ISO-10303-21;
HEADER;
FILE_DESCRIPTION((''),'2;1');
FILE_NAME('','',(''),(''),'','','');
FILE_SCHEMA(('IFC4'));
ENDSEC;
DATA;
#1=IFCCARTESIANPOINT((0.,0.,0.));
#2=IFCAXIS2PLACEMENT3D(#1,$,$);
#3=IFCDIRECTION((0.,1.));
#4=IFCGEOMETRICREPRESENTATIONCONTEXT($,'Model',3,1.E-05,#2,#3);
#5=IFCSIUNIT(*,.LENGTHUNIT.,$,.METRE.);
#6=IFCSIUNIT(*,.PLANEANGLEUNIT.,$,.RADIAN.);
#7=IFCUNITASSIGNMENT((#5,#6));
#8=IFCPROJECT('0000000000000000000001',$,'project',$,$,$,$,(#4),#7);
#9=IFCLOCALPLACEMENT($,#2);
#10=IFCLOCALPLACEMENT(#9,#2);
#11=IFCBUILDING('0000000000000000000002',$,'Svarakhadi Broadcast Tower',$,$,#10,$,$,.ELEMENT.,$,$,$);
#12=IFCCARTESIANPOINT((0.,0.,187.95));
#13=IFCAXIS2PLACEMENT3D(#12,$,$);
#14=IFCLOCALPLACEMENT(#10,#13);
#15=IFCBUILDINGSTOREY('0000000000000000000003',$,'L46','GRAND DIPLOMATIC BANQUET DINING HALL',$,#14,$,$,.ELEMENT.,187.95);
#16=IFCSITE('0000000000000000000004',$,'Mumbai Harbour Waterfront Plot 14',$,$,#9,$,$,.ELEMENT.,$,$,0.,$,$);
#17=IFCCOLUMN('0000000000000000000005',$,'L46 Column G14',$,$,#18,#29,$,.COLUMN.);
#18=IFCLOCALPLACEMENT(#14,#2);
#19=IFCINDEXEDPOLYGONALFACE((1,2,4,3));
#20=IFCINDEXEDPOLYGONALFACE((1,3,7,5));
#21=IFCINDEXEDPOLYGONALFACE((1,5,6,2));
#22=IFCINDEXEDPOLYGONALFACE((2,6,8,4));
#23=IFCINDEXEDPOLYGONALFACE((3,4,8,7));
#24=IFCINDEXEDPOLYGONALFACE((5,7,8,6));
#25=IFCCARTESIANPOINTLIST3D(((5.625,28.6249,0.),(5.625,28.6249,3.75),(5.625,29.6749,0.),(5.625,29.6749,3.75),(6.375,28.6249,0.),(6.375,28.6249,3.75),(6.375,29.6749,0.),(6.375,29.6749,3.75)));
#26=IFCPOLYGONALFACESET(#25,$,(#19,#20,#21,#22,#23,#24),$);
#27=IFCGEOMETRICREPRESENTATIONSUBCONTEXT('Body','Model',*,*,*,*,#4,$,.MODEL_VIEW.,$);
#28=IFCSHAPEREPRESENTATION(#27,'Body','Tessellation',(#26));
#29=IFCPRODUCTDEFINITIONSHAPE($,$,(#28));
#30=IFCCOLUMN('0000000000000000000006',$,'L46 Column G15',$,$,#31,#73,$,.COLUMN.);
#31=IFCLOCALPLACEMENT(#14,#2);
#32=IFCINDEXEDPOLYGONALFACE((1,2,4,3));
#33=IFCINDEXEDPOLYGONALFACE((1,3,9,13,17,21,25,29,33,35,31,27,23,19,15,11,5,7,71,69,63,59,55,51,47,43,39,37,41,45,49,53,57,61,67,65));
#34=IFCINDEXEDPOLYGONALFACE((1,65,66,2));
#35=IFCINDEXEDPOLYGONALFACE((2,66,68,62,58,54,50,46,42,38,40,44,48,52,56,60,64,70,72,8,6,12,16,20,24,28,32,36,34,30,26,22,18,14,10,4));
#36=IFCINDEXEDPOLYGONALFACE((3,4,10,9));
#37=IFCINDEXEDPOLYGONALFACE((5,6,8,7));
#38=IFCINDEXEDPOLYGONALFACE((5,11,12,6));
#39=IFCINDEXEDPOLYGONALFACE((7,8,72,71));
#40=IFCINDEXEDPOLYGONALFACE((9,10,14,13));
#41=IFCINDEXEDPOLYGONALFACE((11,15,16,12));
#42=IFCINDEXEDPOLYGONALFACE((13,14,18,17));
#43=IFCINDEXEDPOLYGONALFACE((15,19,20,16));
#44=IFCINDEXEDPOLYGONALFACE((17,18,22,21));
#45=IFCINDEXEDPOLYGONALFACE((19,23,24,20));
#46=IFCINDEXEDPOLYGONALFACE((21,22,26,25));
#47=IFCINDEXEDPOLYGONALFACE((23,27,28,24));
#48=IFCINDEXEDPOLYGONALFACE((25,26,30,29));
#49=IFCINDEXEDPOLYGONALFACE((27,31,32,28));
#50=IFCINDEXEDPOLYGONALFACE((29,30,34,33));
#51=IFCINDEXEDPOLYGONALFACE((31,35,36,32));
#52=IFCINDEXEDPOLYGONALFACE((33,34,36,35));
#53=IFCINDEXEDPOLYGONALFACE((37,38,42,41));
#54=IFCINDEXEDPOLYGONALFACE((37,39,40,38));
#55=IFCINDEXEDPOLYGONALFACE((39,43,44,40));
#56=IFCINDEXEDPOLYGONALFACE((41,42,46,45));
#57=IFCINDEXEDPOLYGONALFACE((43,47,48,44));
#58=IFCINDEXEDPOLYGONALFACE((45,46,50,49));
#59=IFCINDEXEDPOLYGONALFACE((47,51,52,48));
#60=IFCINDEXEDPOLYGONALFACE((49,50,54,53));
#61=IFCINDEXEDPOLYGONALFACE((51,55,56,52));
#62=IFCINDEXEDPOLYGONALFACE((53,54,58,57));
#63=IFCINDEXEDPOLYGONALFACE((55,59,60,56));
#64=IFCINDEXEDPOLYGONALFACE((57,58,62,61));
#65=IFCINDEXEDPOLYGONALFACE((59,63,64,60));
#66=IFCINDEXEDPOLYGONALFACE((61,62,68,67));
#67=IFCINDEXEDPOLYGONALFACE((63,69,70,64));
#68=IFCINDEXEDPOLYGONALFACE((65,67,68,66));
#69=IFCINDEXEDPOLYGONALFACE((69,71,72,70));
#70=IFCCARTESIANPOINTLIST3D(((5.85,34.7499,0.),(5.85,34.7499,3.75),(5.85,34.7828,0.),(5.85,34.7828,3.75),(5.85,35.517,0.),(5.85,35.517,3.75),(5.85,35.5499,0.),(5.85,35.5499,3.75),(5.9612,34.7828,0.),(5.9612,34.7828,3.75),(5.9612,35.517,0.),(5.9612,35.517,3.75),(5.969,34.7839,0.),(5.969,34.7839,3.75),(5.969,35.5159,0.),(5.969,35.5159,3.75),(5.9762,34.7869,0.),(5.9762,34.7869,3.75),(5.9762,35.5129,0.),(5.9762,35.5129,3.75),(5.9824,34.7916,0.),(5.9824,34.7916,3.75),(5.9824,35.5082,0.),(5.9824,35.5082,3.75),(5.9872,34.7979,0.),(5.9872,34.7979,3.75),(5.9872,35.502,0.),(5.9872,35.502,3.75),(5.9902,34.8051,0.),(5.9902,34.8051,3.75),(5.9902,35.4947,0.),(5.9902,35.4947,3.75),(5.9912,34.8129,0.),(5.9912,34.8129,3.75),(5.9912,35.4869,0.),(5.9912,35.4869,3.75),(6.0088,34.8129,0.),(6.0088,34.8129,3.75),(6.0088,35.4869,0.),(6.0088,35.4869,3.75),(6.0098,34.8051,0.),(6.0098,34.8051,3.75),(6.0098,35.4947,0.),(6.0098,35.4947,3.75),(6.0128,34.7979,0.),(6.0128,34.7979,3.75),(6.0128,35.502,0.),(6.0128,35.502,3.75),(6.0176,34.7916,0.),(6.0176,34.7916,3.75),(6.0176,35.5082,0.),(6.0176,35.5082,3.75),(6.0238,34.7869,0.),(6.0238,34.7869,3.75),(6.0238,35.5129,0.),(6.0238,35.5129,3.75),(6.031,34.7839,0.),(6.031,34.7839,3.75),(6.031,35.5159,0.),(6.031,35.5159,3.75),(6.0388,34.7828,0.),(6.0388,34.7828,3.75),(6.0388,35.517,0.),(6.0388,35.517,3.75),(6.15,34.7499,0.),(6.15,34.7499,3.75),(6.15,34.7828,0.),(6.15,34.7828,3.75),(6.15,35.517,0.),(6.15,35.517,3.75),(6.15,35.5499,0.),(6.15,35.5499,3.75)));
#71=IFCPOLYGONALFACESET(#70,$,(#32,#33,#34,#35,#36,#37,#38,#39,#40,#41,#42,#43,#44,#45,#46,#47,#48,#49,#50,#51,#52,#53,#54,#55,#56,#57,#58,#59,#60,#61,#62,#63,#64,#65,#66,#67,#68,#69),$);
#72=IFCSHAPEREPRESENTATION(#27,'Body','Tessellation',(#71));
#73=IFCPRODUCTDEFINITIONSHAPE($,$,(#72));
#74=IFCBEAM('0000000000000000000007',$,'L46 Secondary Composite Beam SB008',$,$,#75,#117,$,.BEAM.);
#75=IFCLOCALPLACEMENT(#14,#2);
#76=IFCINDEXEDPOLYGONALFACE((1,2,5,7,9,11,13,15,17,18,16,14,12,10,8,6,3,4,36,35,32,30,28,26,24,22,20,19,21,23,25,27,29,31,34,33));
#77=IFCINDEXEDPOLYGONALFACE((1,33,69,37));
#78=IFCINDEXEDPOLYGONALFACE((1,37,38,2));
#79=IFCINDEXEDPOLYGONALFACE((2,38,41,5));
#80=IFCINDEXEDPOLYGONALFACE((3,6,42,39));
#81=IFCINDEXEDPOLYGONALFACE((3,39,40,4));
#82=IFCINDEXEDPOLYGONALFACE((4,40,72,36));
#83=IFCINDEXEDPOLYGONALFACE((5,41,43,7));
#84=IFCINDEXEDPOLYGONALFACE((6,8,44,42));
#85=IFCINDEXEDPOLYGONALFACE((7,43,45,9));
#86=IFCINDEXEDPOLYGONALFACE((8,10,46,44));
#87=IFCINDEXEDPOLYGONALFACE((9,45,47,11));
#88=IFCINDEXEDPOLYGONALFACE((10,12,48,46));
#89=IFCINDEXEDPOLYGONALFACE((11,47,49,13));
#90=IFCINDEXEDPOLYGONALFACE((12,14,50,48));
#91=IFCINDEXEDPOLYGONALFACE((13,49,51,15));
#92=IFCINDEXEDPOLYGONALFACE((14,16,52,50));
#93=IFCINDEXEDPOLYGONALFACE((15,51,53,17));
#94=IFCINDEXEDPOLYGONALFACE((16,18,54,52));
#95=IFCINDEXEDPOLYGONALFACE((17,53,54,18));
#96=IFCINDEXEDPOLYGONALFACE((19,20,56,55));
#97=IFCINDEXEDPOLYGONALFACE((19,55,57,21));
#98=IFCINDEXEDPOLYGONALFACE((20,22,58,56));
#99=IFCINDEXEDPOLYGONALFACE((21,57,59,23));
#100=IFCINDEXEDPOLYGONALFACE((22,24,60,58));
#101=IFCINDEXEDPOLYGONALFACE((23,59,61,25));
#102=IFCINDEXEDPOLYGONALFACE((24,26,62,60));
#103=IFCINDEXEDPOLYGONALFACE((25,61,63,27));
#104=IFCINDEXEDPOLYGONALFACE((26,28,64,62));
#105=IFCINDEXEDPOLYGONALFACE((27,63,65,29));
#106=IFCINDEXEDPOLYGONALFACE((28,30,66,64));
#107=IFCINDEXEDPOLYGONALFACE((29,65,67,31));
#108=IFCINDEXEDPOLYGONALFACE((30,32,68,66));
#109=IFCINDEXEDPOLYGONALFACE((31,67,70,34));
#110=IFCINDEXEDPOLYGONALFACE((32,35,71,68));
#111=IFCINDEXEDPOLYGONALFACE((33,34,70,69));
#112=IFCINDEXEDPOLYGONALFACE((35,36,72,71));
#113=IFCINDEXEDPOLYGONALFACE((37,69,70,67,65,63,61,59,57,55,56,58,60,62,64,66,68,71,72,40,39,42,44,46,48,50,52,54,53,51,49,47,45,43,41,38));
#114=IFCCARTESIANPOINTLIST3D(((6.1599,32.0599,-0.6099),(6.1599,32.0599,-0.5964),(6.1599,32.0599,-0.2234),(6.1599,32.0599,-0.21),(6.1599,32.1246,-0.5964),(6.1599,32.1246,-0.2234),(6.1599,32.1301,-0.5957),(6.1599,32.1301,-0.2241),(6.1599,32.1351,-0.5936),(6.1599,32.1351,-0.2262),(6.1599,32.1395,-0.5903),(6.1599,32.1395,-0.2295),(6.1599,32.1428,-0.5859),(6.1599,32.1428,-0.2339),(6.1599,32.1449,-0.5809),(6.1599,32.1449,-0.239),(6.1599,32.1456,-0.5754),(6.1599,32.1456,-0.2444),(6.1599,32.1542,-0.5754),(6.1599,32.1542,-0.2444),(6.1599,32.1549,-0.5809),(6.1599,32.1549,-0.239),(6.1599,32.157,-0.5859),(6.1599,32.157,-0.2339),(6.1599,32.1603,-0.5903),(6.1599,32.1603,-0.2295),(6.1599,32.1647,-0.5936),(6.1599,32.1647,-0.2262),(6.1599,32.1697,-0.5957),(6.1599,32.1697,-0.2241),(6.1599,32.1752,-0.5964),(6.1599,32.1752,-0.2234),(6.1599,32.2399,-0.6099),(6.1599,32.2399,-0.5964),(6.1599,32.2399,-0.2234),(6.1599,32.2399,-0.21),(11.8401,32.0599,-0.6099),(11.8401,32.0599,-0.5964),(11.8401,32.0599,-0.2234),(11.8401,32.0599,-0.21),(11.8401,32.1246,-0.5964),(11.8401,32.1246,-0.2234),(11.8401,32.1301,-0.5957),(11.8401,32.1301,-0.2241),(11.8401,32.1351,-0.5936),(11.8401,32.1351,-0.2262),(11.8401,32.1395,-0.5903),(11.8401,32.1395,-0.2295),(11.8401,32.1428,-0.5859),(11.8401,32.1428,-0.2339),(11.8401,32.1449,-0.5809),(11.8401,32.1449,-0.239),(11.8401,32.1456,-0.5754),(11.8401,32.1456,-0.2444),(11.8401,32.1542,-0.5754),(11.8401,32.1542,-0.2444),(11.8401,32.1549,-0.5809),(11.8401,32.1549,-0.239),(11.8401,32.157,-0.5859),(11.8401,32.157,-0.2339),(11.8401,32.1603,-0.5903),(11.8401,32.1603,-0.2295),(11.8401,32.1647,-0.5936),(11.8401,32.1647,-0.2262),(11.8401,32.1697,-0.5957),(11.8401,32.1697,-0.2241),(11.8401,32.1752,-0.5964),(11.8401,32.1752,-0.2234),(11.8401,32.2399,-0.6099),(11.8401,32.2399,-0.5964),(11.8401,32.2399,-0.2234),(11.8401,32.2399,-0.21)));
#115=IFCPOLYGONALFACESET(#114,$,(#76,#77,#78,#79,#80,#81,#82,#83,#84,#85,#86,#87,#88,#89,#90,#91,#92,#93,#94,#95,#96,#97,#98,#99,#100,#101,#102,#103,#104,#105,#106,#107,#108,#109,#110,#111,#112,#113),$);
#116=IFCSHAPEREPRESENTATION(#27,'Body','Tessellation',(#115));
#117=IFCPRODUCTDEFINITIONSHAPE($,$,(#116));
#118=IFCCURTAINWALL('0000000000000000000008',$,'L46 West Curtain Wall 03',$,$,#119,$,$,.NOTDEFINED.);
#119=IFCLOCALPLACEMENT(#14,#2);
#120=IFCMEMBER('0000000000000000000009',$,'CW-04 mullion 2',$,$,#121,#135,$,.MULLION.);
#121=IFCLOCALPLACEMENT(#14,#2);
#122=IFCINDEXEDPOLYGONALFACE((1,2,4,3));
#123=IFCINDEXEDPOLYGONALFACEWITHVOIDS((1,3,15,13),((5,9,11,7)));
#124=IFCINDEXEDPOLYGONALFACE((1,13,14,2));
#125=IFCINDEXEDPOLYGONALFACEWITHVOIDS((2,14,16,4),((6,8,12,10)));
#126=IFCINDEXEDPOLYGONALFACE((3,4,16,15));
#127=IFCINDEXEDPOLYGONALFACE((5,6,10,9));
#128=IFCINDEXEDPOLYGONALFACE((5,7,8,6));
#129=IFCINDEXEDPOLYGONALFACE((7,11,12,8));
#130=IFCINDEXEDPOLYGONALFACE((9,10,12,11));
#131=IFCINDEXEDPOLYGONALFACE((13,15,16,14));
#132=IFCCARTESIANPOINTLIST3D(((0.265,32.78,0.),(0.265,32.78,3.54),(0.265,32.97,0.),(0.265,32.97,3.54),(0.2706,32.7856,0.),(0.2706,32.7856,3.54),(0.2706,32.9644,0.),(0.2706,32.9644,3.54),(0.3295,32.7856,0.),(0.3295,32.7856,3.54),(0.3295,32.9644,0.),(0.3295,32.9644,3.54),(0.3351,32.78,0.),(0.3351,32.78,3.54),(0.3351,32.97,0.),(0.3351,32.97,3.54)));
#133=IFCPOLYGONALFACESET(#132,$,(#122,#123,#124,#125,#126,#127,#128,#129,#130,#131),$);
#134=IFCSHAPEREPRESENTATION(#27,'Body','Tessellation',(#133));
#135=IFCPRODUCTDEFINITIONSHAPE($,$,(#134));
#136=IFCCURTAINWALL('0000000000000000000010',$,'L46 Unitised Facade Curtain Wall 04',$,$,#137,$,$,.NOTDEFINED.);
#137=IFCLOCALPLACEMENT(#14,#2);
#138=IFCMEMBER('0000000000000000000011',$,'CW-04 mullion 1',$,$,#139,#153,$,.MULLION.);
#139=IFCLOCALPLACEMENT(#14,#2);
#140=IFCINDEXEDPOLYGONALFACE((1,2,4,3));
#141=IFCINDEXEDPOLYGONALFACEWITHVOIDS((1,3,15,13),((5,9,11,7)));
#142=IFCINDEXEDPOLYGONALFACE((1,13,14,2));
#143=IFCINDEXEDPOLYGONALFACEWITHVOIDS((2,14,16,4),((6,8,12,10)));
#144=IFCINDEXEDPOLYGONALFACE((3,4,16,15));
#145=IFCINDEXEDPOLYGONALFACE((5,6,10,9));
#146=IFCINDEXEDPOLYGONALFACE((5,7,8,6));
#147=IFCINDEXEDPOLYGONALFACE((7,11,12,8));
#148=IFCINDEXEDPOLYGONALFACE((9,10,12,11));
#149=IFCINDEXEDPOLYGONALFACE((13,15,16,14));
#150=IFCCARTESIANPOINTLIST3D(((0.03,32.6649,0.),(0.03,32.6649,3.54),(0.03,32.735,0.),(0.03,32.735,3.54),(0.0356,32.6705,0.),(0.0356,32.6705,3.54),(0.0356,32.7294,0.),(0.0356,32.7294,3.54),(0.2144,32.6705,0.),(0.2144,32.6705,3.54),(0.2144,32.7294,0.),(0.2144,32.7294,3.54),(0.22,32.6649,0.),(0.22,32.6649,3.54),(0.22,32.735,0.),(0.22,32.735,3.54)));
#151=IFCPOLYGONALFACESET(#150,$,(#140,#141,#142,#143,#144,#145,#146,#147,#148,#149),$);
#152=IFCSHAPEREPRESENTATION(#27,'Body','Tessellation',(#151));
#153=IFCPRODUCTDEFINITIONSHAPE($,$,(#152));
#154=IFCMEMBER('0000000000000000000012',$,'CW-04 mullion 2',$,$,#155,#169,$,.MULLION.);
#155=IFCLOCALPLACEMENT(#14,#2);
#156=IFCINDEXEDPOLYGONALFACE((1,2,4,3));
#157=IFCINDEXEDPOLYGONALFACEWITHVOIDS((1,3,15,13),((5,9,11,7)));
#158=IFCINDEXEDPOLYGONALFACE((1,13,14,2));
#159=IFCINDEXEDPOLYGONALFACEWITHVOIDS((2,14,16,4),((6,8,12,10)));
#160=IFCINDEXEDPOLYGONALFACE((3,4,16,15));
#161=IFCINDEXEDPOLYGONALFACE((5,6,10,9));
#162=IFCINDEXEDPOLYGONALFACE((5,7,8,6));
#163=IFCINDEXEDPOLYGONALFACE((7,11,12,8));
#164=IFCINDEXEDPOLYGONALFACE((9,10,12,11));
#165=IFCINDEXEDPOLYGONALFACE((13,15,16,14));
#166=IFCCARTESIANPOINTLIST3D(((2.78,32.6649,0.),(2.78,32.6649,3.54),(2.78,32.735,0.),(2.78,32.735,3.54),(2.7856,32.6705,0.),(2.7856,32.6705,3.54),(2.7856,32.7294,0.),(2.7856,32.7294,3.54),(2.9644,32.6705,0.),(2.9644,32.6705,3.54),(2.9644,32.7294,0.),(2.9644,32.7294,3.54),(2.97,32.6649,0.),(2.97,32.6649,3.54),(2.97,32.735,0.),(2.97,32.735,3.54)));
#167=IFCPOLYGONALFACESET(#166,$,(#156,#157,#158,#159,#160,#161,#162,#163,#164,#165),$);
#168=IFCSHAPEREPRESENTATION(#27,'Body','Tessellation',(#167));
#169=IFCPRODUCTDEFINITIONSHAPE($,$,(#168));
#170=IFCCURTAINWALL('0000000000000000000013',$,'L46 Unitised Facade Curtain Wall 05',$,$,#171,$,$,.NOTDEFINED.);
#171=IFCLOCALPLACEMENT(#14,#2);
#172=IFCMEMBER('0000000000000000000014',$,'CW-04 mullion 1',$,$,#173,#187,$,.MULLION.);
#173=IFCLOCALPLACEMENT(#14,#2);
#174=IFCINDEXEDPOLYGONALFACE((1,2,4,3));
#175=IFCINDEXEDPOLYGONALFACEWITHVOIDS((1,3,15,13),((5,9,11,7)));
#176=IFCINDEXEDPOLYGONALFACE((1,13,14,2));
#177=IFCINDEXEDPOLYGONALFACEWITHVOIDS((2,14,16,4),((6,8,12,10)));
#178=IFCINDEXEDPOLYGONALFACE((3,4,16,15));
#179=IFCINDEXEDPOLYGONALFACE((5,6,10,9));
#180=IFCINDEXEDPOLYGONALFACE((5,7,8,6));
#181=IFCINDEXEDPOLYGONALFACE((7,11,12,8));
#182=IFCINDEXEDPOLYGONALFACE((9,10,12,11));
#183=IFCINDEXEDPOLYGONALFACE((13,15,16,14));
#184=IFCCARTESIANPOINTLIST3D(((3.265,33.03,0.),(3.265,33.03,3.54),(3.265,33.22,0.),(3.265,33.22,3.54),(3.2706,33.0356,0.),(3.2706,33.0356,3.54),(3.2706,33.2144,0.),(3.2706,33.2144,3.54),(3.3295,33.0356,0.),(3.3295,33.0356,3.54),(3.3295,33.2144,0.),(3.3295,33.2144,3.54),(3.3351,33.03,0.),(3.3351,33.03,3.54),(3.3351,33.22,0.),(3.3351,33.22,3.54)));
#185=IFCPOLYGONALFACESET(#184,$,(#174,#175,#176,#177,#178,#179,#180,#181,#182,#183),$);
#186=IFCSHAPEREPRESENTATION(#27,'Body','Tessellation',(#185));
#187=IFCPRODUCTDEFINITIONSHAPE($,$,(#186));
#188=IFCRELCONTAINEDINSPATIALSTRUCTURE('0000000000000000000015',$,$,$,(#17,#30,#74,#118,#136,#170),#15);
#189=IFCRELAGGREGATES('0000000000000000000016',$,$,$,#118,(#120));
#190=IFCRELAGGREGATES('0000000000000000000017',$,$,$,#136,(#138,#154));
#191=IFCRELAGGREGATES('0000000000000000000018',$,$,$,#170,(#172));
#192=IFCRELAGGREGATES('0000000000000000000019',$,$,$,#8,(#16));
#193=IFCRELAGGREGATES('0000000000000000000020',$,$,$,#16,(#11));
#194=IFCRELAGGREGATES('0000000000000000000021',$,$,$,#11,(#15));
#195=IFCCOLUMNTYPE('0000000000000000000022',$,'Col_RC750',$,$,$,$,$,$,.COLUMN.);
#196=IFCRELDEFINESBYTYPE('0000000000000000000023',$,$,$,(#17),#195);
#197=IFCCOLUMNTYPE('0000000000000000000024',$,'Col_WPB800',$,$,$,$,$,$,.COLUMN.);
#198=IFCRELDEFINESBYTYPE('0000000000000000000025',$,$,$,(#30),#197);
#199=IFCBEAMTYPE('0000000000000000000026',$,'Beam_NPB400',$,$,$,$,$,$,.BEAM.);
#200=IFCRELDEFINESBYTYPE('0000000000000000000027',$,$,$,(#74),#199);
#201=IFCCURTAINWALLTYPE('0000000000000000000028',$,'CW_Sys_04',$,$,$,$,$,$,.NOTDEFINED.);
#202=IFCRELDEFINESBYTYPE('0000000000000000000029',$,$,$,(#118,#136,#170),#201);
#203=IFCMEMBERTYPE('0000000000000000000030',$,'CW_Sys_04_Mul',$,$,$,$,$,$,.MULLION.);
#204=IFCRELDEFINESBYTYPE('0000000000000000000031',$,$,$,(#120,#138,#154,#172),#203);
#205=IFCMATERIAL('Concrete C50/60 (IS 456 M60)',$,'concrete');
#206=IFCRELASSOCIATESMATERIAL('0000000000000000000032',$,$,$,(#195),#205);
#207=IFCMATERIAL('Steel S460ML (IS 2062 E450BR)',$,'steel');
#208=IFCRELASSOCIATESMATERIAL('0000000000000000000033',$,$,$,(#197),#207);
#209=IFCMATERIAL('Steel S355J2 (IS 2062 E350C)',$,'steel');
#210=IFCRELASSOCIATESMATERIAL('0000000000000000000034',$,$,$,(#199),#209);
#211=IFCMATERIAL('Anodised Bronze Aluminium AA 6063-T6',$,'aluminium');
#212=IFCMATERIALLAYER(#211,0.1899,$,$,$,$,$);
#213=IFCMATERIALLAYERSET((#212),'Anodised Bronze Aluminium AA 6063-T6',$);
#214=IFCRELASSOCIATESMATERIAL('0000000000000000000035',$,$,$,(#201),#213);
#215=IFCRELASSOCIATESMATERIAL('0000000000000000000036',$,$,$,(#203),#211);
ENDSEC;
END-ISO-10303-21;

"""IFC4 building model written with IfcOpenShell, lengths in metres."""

from ifc_helpers import new_model, si_unit, direction, frame, origin, origin_2d, place, context, subcontext, project, spatial, rectangle, hollow_rectangle, i_section, extrude, material, layer, layer_set, material_profile, profile_set, type_object, element, aggregate, save


model = new_model("IFC4")

# Units and contexts
model_context = context("Model", 3, precision=1e-05, world=origin(), true_north=direction((0.0, 1.0)))
body_context = subcontext(model_context, "Body", "Model", "MODEL_VIEW")
ifc_project = project(units=[si_unit("LENGTHUNIT", "METRE"), si_unit("PLANEANGLEUNIT", "RADIAN")], contexts=[model_context])

# Site, building, storey
site_placement = place(None, origin())
site = spatial("IfcSite", under=ifc_project, at=site_placement, Name="Mumbai Harbour Waterfront Plot 14", CompositionType="ELEMENT", RefElevation=0.0)
building_placement = place(site_placement, origin())
building = spatial("IfcBuilding", under=site, at=building_placement, Name="Svarakhadi Broadcast Tower", CompositionType="ELEMENT")
storey_placement = place(building_placement, frame((0.0, 0.0, 187.95)))
storey = spatial("IfcBuildingStorey", under=building, at=storey_placement, Name="L46", Description="GRAND DIPLOMATIC BANQUET DINING HALL", CompositionType="ELEMENT", Elevation=187.95)

# Columns
ifc_material_1 = material(Name="Concrete C50/60 (IS 456 M60)", Category="concrete")
ifc_material_profile_1 = material_profile(ifc_material_1, rectangle(XDim=0.75, YDim=1.05, at=origin_2d()), Name="RC 750x1050")
ifc_profile_set_1 = profile_set([ifc_material_profile_1], Name="Concrete C50/60 (IS 456 M60)")
column_type_1 = type_object("IfcColumnType", Name="Col_RC750", PredefinedType="COLUMN", material=ifc_profile_set_1)
column_1_placement = place(storey_placement, frame((6.0, 29.1499, 0.0), z_axis=(0.0, 0.0, 1.0), x_axis=(1.0, 0.0, 0.0)))
element("IfcColumn", 1, at=column_1_placement, inside=storey, type_object=column_type_1, Name="L46 Column G14", PredefinedType="COLUMN", context=body_context, shape_type="SweptSolid", body=[
    extrude(rectangle(XDim=0.75, YDim=1.05, at=origin_2d()), origin(), (0.0, 0.0, 1.0), 3.75),
])
ifc_material_2 = material(Name="Steel S460ML (IS 2062 E450BR)", Category="steel")
ifc_material_profile_2 = material_profile(ifc_material_2, i_section(OverallWidth=0.3, OverallDepth=0.8, WebThickness=0.0176, FlangeThickness=0.033, FilletRadius=0.03, at=origin_2d()), Name="WPB 800x300x262")
ifc_profile_set_2 = profile_set([ifc_material_profile_2], Name="Steel S460ML (IS 2062 E450BR)")
column_type_2 = type_object("IfcColumnType", Name="Col_WPB800", PredefinedType="COLUMN", material=ifc_profile_set_2)
column_2_placement = place(storey_placement, frame((6.0, 35.1499, 0.0), z_axis=(0.0, 0.0, 1.0), x_axis=(1.0, 0.0, 0.0)))
element("IfcColumn", 2, at=column_2_placement, inside=storey, type_object=column_type_2, Name="L46 Column G15", PredefinedType="COLUMN", context=body_context, shape_type="SweptSolid", body=[
    extrude(i_section(OverallWidth=0.3, OverallDepth=0.8, WebThickness=0.0176, FlangeThickness=0.033, FilletRadius=0.03, at=origin_2d()), origin(), (0.0, 0.0, 1.0), 3.75),
])

# Beam
ifc_material_3 = material(Name="Steel S355J2 (IS 2062 E350C)", Category="steel")
ifc_material_profile_3 = material_profile(ifc_material_3, i_section(OverallWidth=0.1799, OverallDepth=0.3999, WebThickness=0.0085, FlangeThickness=0.0134, FilletRadius=0.021, at=origin_2d()), Name="NPB 400x180x66")
ifc_profile_set_3 = profile_set([ifc_material_profile_3], Name="Steel S355J2 (IS 2062 E350C)")
beam_type_1 = type_object("IfcBeamType", Name="Beam_NPB400", PredefinedType="BEAM", material=ifc_profile_set_3)
beam_placement = place(storey_placement, frame((6.1599, 32.1499, -0.4099), z_axis=(1.0, 0.0, 0.0), x_axis=(0.0, 1.0, 0.0)))
element("IfcBeam", 3, at=beam_placement, inside=storey, type_object=beam_type_1, Name="L46 Secondary Composite Beam SB008", PredefinedType="BEAM", context=body_context, shape_type="SweptSolid", body=[
    extrude(i_section(OverallWidth=0.1799, OverallDepth=0.3999, WebThickness=0.0085, FlangeThickness=0.0134, FilletRadius=0.021, at=origin_2d()), origin(), (0.0, 0.0, 1.0), 5.6802),
])

# Curtain wall, member
ifc_material_4 = material(Name="Anodised Bronze Aluminium AA 6063-T6", Category="aluminium")
ifc_layer_1 = layer(ifc_material_4, 0.1899)
ifc_layer_set_1 = layer_set([ifc_layer_1], Name="Anodised Bronze Aluminium AA 6063-T6")
curtain_wall_type = type_object("IfcCurtainWallType", Name="CW_Sys_04", PredefinedType="NOTDEFINED", material=ifc_layer_set_1)
curtain_wall_1_placement = place(storey_placement, origin())
curtain_wall_1 = element("IfcCurtainWall", 4, at=curtain_wall_1_placement, inside=storey, type_object=curtain_wall_type, Name="L46 West Curtain Wall 03", PredefinedType="NOTDEFINED")
ifc_material_profile_4 = material_profile(ifc_material_4, hollow_rectangle(XDim=0.0701, YDim=0.1899, WallThickness=0.0056, at=origin_2d()), Name="ALU MULLION 190x70x6")
ifc_profile_set_4 = profile_set([ifc_material_profile_4], Name="Anodised Bronze Aluminium AA 6063-T6")
member_type_1 = type_object("IfcMemberType", Name="CW_Sys_04_Mul", PredefinedType="MULLION", material=ifc_profile_set_4)
member_1_placement = place(storey_placement, frame((0.3, 32.875, 0.0), z_axis=(0.0, 0.0, 1.0), x_axis=(-1.0, 0.0, 0.0)))
member_1 = element("IfcMember", 5, at=member_1_placement, type_object=member_type_1, Name="CW-04 mullion 2", PredefinedType="MULLION", context=body_context, shape_type="SweptSolid", body=[
    extrude(hollow_rectangle(XDim=0.0701, YDim=0.1899, WallThickness=0.0056, at=origin_2d()), origin(), (0.0, 0.0, 1.0), 3.54),
])
aggregate(curtain_wall_1, [member_1])

# Curtain walls, members
curtain_wall_2_placement = place(storey_placement, origin())
curtain_wall_2 = element("IfcCurtainWall", 6, at=curtain_wall_2_placement, inside=storey, type_object=curtain_wall_type, Name="L46 Unitised Facade Curtain Wall 04", PredefinedType="NOTDEFINED")
member_2_placement = place(storey_placement, frame((0.125, 32.7, 0.0), z_axis=(0.0, 0.0, 1.0), x_axis=(0.0, 1.0, 0.0)))
member_2 = element("IfcMember", 7, at=member_2_placement, type_object=member_type_1, Name="CW-04 mullion 1", PredefinedType="MULLION", context=body_context, shape_type="SweptSolid", body=[
    extrude(hollow_rectangle(XDim=0.0701, YDim=0.1899, WallThickness=0.0056, at=origin_2d()), origin(), (0.0, 0.0, 1.0), 3.54),
])
member_3_placement = place(storey_placement, frame((2.875, 32.7, 0.0), z_axis=(0.0, 0.0, 1.0), x_axis=(0.0, 1.0, 0.0)))
member_3 = element("IfcMember", 8, at=member_3_placement, type_object=member_type_1, Name="CW-04 mullion 2", PredefinedType="MULLION", context=body_context, shape_type="SweptSolid", body=[
    extrude(hollow_rectangle(XDim=0.0701, YDim=0.1899, WallThickness=0.0056, at=origin_2d()), origin(), (0.0, 0.0, 1.0), 3.54),
])
curtain_wall_3_placement = place(storey_placement, origin())
curtain_wall_3 = element("IfcCurtainWall", 9, at=curtain_wall_3_placement, inside=storey, type_object=curtain_wall_type, Name="L46 Unitised Facade Curtain Wall 05", PredefinedType="NOTDEFINED")
member_4_placement = place(storey_placement, frame((3.3, 33.125, 0.0), z_axis=(0.0, 0.0, 1.0), x_axis=(-1.0, 0.0, 0.0)))
member_4 = element("IfcMember", 10, at=member_4_placement, type_object=member_type_1, Name="CW-04 mullion 1", PredefinedType="MULLION", context=body_context, shape_type="SweptSolid", body=[
    extrude(hollow_rectangle(XDim=0.0701, YDim=0.1899, WallThickness=0.0056, at=origin_2d()), origin(), (0.0, 0.0, 1.0), 3.54),
])

aggregate(curtain_wall_2, [member_2, member_3])
aggregate(curtain_wall_3, [member_4])

save(model, "model.ifc")
